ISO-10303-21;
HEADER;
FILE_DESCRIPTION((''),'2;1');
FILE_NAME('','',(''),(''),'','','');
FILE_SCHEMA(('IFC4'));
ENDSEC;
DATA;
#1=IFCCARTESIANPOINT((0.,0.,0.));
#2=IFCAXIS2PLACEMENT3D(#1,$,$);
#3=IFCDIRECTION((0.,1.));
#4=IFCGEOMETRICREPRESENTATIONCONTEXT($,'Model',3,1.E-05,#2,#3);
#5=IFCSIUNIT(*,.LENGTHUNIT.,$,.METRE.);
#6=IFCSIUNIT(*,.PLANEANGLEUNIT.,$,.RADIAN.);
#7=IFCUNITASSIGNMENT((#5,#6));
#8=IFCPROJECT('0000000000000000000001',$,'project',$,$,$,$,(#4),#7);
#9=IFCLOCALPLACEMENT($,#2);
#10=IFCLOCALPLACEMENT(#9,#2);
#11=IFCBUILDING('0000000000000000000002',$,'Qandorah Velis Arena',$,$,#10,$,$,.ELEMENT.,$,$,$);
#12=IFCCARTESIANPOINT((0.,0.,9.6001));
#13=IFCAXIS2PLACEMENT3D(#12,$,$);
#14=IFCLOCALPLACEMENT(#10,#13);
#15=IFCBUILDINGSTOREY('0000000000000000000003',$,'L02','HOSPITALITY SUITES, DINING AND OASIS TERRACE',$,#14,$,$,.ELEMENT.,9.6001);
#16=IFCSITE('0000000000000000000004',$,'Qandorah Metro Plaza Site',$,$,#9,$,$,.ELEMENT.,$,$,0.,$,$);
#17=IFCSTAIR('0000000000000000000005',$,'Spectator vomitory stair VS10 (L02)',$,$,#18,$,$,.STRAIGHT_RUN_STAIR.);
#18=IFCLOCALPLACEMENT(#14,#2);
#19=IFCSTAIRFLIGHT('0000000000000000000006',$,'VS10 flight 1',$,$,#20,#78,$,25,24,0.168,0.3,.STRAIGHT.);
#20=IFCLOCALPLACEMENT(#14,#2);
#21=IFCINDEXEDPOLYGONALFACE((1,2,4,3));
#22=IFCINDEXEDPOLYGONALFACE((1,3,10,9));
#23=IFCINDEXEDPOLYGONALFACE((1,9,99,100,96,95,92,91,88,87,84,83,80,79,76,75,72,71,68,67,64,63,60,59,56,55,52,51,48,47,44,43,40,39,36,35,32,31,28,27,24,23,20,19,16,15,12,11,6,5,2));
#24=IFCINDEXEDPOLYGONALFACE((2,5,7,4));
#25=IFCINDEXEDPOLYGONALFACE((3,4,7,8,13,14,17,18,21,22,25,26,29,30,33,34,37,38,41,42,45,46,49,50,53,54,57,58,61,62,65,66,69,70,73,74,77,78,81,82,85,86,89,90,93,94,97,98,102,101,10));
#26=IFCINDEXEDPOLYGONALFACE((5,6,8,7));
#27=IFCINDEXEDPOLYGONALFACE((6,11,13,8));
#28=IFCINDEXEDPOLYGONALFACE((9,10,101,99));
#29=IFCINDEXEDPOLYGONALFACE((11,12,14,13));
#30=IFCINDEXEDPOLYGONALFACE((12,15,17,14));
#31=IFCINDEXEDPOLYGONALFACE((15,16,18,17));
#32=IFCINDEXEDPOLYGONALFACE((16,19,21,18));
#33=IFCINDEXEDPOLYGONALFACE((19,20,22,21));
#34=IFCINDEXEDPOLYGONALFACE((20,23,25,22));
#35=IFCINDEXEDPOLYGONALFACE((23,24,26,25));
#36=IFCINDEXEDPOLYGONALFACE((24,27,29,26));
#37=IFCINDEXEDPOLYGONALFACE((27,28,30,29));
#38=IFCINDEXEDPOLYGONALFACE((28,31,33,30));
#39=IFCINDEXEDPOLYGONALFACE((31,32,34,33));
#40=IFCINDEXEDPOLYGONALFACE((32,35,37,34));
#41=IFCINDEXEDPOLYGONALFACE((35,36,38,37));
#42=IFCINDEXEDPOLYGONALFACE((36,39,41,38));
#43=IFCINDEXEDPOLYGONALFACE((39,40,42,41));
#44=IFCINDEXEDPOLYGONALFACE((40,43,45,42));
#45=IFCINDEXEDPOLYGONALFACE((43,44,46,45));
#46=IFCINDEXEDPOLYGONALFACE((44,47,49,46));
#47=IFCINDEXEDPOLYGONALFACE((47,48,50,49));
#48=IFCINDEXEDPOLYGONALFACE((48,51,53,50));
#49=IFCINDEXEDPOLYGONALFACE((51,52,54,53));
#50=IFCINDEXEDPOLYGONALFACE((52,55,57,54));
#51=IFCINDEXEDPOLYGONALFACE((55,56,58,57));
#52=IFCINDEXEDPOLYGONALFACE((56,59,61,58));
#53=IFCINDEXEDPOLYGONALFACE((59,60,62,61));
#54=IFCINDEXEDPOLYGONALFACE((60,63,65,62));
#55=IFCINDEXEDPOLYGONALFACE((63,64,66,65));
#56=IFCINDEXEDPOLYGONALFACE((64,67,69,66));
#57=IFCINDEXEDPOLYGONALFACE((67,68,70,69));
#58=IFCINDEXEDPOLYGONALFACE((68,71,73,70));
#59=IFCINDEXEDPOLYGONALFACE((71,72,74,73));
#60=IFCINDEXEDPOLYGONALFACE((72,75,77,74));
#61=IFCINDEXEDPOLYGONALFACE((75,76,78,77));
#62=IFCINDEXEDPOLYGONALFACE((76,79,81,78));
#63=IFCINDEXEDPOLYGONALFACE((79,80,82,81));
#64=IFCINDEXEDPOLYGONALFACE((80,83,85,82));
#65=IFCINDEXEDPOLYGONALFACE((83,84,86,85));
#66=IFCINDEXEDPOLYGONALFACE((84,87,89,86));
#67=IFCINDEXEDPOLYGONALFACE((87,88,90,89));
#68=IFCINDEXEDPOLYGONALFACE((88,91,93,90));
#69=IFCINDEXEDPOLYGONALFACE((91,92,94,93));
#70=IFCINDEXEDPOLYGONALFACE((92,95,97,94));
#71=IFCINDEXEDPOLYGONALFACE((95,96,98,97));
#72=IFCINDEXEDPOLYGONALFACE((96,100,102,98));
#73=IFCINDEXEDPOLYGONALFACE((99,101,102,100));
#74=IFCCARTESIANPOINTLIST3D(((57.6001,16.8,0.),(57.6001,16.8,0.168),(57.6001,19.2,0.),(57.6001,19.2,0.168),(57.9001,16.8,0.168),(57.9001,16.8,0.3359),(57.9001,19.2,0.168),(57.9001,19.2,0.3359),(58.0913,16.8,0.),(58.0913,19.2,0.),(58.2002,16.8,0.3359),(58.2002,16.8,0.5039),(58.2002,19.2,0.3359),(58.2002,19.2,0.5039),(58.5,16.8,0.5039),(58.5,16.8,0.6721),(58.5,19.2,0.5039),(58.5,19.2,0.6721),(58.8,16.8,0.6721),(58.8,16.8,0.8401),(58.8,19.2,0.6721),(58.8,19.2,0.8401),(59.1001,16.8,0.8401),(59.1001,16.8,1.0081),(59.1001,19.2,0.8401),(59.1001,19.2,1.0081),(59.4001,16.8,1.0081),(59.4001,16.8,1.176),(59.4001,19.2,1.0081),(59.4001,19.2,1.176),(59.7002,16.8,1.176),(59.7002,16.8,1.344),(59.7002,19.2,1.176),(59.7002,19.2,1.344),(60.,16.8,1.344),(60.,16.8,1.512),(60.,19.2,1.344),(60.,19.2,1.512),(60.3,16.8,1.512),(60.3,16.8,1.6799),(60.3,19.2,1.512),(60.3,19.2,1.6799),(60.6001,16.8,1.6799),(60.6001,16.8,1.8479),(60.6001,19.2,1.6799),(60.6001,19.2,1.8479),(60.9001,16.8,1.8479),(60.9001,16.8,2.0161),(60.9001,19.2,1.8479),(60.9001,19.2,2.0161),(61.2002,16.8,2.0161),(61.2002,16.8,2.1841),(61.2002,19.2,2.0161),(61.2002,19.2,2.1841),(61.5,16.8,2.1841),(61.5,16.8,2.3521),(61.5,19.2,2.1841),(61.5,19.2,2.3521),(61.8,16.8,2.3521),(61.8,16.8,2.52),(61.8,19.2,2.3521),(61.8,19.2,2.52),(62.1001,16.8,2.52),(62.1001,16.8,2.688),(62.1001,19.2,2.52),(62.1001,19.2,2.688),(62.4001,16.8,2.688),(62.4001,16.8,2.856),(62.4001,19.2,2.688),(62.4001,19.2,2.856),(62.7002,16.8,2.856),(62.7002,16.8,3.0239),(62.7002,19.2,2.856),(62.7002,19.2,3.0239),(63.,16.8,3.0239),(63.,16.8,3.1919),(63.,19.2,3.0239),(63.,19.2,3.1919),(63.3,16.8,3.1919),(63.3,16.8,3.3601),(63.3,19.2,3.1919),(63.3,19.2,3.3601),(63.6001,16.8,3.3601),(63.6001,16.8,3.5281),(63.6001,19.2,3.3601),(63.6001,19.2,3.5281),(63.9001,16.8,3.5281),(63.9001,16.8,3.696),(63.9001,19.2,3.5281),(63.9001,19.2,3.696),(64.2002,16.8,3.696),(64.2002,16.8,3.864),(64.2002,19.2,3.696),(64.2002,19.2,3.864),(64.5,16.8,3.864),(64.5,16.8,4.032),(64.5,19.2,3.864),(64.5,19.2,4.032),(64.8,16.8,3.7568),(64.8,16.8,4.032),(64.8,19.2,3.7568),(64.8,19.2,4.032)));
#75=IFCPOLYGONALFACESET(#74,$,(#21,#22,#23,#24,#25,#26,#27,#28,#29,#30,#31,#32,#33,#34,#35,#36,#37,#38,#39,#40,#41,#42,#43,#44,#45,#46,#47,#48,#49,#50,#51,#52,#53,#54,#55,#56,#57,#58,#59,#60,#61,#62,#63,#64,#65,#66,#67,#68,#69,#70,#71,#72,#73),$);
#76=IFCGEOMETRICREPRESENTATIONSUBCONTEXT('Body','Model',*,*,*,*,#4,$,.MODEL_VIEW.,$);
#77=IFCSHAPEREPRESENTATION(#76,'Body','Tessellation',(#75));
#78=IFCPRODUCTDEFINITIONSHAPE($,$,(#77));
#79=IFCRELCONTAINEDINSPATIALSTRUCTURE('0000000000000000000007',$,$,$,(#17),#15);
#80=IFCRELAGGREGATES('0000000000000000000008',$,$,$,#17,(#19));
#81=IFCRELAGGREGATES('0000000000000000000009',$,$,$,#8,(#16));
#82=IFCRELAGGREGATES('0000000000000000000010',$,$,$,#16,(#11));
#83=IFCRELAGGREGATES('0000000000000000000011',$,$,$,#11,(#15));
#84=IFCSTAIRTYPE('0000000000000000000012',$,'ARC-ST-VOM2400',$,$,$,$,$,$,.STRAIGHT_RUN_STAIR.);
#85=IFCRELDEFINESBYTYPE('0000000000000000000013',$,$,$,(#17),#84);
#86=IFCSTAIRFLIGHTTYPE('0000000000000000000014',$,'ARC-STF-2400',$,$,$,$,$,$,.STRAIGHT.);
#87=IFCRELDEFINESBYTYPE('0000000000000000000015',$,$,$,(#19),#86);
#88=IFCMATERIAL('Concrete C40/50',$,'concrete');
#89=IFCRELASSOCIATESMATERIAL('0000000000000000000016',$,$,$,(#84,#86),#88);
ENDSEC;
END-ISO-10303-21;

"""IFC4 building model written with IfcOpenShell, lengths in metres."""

from ifc_helpers import new_model, si_unit, direction, frame, origin, place, context, subcontext, project, spatial, polyline, outline, extrude, material, type_object, element, aggregate, save


model = new_model("IFC4")

# Units and contexts
model_context = context("Model", 3, precision=1e-05, world=origin(), true_north=direction((0.0, 1.0)))
body_context = subcontext(model_context, "Body", "Model", "MODEL_VIEW")
ifc_project = project(units=[si_unit("LENGTHUNIT", "METRE"), si_unit("PLANEANGLEUNIT", "RADIAN")], contexts=[model_context])

# Site, building, storey
site_placement = place(None, origin())
site = spatial("IfcSite", under=ifc_project, at=site_placement, Name="Qandorah Metro Plaza Site", CompositionType="ELEMENT", RefElevation=0.0)
building_placement = place(site_placement, origin())
building = spatial("IfcBuilding", under=site, at=building_placement, Name="Qandorah Velis Arena", CompositionType="ELEMENT")
storey_placement = place(building_placement, frame((0.0, 0.0, 9.6001)))
storey = spatial("IfcBuildingStorey", under=building, at=storey_placement, Name="L02", Description="HOSPITALITY SUITES, DINING AND OASIS TERRACE", CompositionType="ELEMENT", Elevation=9.6001)

# Shared definitions
ifc_material_1 = material(Name="Concrete C40/50", Category="concrete")

# Stair, stair flight
stair_type = type_object("IfcStairType", Name="ARC-ST-VOM2400", PredefinedType="STRAIGHT_RUN_STAIR", material=ifc_material_1)
stair_placement = place(storey_placement, origin())
stair = element("IfcStair", 1, at=stair_placement, inside=storey, type_object=stair_type, Name="Spectator vomitory stair VS10 (L02)", PredefinedType="STRAIGHT_RUN_STAIR")
stair_flight_type = type_object("IfcStairFlightType", Name="ARC-STF-2400", PredefinedType="STRAIGHT", material=ifc_material_1)
stair_flight_placement = place(storey_placement, frame((57.6001, 18.0, 0.0), z_axis=(0.0, 0.0, 1.0), x_axis=(1.0, 0.0, 0.0)))
stair_flight = element("IfcStairFlight", 2, at=stair_flight_placement, type_object=stair_flight_type, Name="VS10 flight 1", NumberOfRisers=25, NumberOfTreads=24, PredefinedType="STRAIGHT", RiserHeight=0.168, TreadLength=0.3, context=body_context, shape_type="SweptSolid", body=[
    extrude(outline(polyline([(0.0, 0.0), (0.0, 0.168), (0.3, 0.168), (0.3, 0.3359), (0.6001, 0.3359), (0.6001, 0.5039), (0.8999, 0.5039), (0.8999, 0.6721), (1.2, 0.6721), (1.2, 0.8401), (1.5, 0.8401), (1.5, 1.0081), (1.8, 1.0081), (1.8, 1.176), (2.1001, 1.176), (2.1001, 1.344), (2.3999, 1.344), (2.3999, 1.512), (2.7, 1.512), (2.7, 1.6799), (3.0, 1.6799), (3.0, 1.8479), (3.3, 1.8479), (3.3, 2.0161), (3.6001, 2.0161), (3.6001, 2.1841), (3.8999, 2.1841), (3.8999, 2.3521), (4.2, 2.3521), (4.2, 2.52), (4.5, 2.52), (4.5, 2.688), (4.8, 2.688), (4.8, 2.856), (5.1001, 2.856), (5.1001, 3.0239), (5.3999, 3.0239), (5.3999, 3.1919), (5.7, 3.1919), (5.7, 3.3601), (6.0, 3.3601), (6.0, 3.5281), (6.3, 3.5281), (6.3, 3.696), (6.6001, 3.696), (6.6001, 3.864), (6.8999, 3.864), (6.8999, 4.032), (7.2, 4.032), (7.2, 4.2), (7.2, 3.7568), (0.4912, 0.0), (0.0, 0.0)])), frame((0.0, 1.2, 0.0), z_axis=(0.0, -1.0, 0.0), x_axis=(1.0, 0.0, 0.0)), (0.0, 0.0, 1.0), 2.3999),
])
aggregate(stair, [stair_flight])

save(model, "model.ifc")
